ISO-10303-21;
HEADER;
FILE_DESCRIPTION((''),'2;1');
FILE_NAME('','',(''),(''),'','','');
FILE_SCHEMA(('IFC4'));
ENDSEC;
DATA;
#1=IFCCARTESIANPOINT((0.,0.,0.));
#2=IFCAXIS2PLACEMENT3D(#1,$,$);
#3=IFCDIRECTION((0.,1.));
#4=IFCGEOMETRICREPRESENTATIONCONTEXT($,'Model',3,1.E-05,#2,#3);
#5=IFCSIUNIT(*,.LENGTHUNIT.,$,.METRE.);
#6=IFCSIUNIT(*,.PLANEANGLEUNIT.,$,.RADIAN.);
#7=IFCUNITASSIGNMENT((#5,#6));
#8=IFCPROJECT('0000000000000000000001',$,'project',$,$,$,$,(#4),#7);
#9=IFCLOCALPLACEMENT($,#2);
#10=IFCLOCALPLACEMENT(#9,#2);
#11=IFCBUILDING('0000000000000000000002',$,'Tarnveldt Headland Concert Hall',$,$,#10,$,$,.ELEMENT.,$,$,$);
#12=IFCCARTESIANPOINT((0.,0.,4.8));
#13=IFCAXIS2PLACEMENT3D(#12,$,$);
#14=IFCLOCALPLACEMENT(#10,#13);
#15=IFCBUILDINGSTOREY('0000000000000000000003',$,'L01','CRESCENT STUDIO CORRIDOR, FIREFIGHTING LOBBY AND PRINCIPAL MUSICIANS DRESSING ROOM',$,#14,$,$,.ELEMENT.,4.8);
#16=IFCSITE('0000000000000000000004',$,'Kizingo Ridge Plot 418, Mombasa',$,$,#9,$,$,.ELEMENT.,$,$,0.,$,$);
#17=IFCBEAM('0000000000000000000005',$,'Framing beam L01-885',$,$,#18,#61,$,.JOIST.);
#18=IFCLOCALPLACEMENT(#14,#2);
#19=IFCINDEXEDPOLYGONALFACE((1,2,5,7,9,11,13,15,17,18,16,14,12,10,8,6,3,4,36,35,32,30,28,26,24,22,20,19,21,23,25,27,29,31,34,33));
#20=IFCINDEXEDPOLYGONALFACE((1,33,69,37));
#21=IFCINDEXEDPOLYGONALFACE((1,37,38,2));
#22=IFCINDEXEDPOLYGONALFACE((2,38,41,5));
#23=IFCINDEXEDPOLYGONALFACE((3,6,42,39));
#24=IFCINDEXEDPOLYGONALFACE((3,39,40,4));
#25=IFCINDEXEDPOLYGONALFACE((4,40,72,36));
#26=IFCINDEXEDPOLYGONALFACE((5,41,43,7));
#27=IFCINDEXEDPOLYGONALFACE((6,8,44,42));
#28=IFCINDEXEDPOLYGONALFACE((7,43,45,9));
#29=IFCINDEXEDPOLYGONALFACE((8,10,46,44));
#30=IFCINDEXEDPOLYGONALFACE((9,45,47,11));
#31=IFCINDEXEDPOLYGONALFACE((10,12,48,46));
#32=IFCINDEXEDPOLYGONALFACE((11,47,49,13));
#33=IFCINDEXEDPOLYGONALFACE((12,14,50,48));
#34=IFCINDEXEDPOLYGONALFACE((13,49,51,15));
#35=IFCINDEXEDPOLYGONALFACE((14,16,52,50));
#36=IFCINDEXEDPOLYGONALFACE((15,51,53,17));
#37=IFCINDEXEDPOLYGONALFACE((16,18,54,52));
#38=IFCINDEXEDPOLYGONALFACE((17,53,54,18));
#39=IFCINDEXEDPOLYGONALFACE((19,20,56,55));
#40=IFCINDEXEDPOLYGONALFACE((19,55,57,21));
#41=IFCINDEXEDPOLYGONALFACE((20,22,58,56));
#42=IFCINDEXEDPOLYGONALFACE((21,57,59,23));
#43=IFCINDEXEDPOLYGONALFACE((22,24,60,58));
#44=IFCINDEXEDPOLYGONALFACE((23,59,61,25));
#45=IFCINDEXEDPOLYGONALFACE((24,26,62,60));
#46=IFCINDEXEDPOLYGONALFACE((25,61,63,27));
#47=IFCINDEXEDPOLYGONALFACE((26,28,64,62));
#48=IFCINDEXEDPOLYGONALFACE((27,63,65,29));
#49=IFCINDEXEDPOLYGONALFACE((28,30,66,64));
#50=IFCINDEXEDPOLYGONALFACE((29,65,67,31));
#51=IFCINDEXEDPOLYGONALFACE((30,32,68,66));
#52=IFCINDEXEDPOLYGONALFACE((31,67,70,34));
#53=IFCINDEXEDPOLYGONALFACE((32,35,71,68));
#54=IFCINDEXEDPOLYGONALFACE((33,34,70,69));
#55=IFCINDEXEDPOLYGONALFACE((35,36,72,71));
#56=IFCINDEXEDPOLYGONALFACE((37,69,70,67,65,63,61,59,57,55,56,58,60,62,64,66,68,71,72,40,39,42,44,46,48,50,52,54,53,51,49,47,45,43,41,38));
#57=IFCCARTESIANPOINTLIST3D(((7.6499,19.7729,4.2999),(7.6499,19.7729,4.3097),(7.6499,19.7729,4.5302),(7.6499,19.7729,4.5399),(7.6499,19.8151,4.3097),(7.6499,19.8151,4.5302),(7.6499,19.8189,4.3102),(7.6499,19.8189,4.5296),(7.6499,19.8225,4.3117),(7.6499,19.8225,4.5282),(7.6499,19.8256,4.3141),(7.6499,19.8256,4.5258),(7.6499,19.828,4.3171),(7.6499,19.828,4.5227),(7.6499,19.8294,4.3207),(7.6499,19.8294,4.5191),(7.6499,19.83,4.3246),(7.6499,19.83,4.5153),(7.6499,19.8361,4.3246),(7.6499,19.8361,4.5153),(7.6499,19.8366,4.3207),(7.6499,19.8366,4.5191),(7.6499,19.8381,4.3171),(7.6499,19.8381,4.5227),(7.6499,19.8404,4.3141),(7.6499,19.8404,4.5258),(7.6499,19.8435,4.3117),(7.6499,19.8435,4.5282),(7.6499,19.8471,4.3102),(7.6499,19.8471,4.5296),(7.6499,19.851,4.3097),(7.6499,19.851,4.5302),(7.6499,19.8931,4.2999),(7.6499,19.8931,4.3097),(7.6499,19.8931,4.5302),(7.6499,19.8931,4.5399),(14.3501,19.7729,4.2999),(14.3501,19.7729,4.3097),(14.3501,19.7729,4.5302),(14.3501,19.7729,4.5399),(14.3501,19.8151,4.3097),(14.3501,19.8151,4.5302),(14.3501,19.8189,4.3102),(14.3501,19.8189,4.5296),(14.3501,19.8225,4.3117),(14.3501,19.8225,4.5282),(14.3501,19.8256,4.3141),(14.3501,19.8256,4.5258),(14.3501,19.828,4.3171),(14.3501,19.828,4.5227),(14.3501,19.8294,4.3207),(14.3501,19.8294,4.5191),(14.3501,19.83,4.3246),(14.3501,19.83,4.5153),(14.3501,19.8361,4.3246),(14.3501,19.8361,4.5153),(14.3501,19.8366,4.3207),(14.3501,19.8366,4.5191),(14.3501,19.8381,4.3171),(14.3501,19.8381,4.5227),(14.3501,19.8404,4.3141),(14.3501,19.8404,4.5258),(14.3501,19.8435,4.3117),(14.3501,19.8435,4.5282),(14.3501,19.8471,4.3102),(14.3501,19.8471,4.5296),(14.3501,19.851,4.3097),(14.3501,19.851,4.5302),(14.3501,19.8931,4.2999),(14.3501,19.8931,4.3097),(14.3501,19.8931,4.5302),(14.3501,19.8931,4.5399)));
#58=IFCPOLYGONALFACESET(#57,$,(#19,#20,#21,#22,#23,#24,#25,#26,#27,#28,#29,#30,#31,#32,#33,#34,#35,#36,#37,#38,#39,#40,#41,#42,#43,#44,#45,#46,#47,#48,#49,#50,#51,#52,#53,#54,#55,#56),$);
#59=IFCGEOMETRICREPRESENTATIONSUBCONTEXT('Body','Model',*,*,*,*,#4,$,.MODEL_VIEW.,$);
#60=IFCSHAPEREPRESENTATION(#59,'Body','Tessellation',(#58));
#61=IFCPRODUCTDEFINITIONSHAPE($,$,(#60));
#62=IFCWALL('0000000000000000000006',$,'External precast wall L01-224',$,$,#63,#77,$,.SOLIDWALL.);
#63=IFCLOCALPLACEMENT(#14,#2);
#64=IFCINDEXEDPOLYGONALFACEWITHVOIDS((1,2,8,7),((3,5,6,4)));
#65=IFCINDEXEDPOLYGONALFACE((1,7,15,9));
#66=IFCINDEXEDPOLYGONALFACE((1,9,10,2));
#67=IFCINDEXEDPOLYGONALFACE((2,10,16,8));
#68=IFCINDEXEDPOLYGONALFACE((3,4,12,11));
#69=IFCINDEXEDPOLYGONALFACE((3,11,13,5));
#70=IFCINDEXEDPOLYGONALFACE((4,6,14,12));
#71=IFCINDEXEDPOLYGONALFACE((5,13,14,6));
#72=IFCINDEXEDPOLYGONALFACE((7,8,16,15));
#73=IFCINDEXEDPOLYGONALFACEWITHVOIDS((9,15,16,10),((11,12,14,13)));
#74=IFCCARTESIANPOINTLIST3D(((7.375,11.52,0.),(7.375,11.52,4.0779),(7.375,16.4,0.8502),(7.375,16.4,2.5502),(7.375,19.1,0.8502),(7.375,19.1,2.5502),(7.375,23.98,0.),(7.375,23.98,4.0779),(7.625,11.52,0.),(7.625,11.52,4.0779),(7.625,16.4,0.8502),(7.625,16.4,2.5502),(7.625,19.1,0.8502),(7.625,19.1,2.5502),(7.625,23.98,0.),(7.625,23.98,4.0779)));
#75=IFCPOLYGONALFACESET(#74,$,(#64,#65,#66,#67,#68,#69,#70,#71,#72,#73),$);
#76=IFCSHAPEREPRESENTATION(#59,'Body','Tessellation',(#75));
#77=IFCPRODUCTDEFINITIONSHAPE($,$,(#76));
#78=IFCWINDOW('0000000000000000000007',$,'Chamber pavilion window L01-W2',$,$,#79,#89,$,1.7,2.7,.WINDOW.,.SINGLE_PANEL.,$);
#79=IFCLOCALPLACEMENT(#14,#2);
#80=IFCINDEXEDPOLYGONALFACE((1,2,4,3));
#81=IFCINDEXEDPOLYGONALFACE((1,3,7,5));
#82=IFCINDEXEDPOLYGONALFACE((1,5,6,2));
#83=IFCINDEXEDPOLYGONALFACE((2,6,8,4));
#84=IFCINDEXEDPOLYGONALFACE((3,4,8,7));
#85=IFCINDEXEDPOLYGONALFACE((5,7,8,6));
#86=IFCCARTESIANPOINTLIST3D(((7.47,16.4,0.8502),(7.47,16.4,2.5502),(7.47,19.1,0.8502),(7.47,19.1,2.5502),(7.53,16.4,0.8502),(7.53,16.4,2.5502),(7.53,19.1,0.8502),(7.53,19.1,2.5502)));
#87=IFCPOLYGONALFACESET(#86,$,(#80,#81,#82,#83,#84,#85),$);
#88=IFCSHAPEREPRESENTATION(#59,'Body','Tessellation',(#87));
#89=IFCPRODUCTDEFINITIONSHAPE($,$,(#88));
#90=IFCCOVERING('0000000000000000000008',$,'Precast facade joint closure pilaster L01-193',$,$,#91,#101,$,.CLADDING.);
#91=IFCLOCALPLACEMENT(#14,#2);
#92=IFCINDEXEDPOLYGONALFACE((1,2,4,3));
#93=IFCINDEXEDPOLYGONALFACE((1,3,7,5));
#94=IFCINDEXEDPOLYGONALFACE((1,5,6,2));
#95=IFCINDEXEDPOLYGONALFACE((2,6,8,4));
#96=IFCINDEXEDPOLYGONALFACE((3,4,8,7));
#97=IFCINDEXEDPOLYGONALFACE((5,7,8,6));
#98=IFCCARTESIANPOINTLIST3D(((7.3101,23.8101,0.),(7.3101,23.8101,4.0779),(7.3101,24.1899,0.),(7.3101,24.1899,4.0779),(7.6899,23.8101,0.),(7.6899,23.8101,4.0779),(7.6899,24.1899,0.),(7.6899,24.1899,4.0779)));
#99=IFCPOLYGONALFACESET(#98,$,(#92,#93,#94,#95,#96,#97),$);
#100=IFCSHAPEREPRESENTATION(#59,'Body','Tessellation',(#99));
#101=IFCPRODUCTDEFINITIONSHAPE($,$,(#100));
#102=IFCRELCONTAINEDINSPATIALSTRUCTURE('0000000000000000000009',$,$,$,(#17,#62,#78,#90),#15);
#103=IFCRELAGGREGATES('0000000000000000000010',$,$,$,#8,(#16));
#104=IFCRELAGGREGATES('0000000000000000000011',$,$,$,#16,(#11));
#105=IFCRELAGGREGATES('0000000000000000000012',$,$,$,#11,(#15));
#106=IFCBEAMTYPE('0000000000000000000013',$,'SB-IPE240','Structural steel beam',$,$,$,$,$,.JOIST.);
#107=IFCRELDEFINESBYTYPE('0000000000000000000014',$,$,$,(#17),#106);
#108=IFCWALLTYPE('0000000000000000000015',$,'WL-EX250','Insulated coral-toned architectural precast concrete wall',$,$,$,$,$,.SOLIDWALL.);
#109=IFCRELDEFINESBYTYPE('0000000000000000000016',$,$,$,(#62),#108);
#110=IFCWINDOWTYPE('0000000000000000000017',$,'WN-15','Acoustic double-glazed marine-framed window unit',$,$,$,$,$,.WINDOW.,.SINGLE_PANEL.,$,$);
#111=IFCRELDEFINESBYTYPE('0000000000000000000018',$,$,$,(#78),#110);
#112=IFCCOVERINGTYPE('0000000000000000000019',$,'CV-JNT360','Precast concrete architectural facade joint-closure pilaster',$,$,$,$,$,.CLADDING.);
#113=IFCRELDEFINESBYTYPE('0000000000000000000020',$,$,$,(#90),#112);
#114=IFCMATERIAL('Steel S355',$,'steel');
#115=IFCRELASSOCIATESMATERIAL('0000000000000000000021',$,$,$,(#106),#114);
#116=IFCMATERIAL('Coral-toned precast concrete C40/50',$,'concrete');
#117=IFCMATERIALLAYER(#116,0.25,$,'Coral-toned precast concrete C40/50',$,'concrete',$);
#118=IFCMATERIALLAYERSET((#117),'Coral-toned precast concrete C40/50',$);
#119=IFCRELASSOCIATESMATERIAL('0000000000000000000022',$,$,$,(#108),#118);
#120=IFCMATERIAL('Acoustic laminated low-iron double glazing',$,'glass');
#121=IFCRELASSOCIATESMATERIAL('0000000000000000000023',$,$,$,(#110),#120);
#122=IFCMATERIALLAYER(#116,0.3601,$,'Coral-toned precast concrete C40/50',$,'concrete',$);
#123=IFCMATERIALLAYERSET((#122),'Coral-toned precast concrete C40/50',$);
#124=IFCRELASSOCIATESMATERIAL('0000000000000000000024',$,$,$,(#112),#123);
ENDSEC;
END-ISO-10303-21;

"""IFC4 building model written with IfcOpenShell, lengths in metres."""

from ifc_helpers import new_model, si_unit, direction, frame, frame_2d, origin, origin_2d, place, context, subcontext, project, spatial, rectangle, i_section, extrude, material, layer, layer_set, material_profile, profile_set, type_object, element, fill, save


model = new_model("IFC4")

# Units and contexts
model_context = context("Model", 3, precision=1e-05, world=origin(), true_north=direction((0.0, 1.0)))
body_context = subcontext(model_context, "Body", "Model", "MODEL_VIEW")
ifc_project = project(units=[si_unit("LENGTHUNIT", "METRE"), si_unit("PLANEANGLEUNIT", "RADIAN")], contexts=[model_context])

# Site, building, storey
site_placement = place(None, origin())
site = spatial("IfcSite", under=ifc_project, at=site_placement, Name="Kizingo Ridge Plot 418, Mombasa", CompositionType="ELEMENT", RefElevation=0.0)
building_placement = place(site_placement, origin())
building = spatial("IfcBuilding", under=site, at=building_placement, Name="Tarnveldt Headland Concert Hall", CompositionType="ELEMENT")
storey_placement = place(building_placement, frame((0.0, 0.0, 4.8)))
storey = spatial("IfcBuildingStorey", under=building, at=storey_placement, Name="L01", Description="CRESCENT STUDIO CORRIDOR, FIREFIGHTING LOBBY AND PRINCIPAL MUSICIANS DRESSING ROOM", CompositionType="ELEMENT", Elevation=4.8)

# Shared definitions
ifc_material_1 = material(Name="Steel S355", Category="steel")

# Beam
ifc_material_profile_1 = material_profile(ifc_material_1, i_section(OverallWidth=0.1201, OverallDepth=0.24, WebThickness=0.0061, FlangeThickness=0.0098, FilletRadius=0.0149, at=origin_2d()), Name="IPE240", Category="steel")
ifc_profile_set_1 = profile_set([ifc_material_profile_1], Name="Steel S355")
beam_type_1 = type_object("IfcBeamType", Name="SB-IPE240", Description="Structural steel beam", PredefinedType="JOIST", material=ifc_profile_set_1)
for number, where, z_axis, x_axis, name in (
    (1, (7.6499, 19.833, 4.4199), (1.0, 0.0, 0.0), (0.0, 1.0, 0.0), "Framing beam L01-885"),
):
    element("IfcBeam", number, at=place(storey_placement, frame(where, z_axis=z_axis, x_axis=x_axis)), inside=storey, type_object=beam_type_1, Name=name, PredefinedType="JOIST", context=body_context, shape_type="SweptSolid", body=[
        extrude(i_section(OverallWidth=0.1201, OverallDepth=0.24, WebThickness=0.0061, FlangeThickness=0.0098, FilletRadius=0.0149, at=origin_2d()), origin(), (0.0, 0.0, 1.0), 6.7002),
    ])

# Wall, opening, window
ifc_material_2 = material(Name="Coral-toned precast concrete C40/50", Category="concrete")
ifc_layer_1 = layer(ifc_material_2, 0.25, Name="Coral-toned precast concrete C40/50", Category="concrete")
ifc_layer_set_1 = layer_set([ifc_layer_1], Name="Coral-toned precast concrete C40/50")
wall_type = type_object("IfcWallType", Name="WL-EX250", Description="Insulated coral-toned architectural precast concrete wall", PredefinedType="SOLIDWALL", material=ifc_layer_set_1)
wall_placement = place(storey_placement, frame((7.5, 11.52, 0.0), z_axis=(0.0, 0.0, 1.0), x_axis=(0.0, 1.0, 0.0)))
wall = element("IfcWall", 2, at=wall_placement, inside=storey, type_object=wall_type, Name="External precast wall L01-224", PredefinedType="SOLIDWALL", context=body_context, shape_type="SweptSolid", body=[
    extrude(rectangle(XDim=12.46, YDim=0.25, at=frame_2d((6.23, 0.0))), origin(), (0.0, 0.0, 1.0), 4.0779),
])
opening_placement = place(wall_placement, frame((4.8799, 0.0, 0.8501)))
opening = element("IfcOpeningElement", 3, at=opening_placement, cuts=wall, PredefinedType="OPENING", context=body_context, shape_type="SweptSolid", body=[
    extrude(rectangle(XDim=2.7, YDim=1.7, at=frame_2d((1.3501, 0.8501))), frame((0.0, 0.135, 0.0), z_axis=(0.0, -1.0, 0.0), x_axis=(1.0, 0.0, 0.0)), (0.0, 0.0, 1.0), 0.27),
])
ifc_material_3 = material(Name="Acoustic laminated low-iron double glazing", Category="glass")
window_type = type_object("IfcWindowType", Name="WN-15", Description="Acoustic double-glazed marine-framed window unit", PartitioningType="SINGLE_PANEL", PredefinedType="WINDOW", material=ifc_material_3)
window_placement = place(opening_placement, origin())
window = element("IfcWindow", 4, at=window_placement, inside=storey, type_object=window_type, Name="Chamber pavilion window L01-W2", OverallHeight=1.7, OverallWidth=2.7, PartitioningType="SINGLE_PANEL", PredefinedType="WINDOW", context=body_context, shape_type="SweptSolid", body=[
    extrude(rectangle(XDim=2.7, YDim=1.7, at=frame_2d((1.3501, 0.8501))), frame((0.0, 0.03, 0.0), z_axis=(0.0, -1.0, 0.0), x_axis=(1.0, 0.0, 0.0)), (0.0, 0.0, 1.0), 0.0601),
])
fill(opening, window)

# Covering
ifc_layer_2 = layer(ifc_material_2, 0.3601, Name="Coral-toned precast concrete C40/50", Category="concrete")
ifc_layer_set_2 = layer_set([ifc_layer_2], Name="Coral-toned precast concrete C40/50")
covering_type = type_object("IfcCoveringType", Name="CV-JNT360", Description="Precast concrete architectural facade joint-closure pilaster", PredefinedType="CLADDING", material=ifc_layer_set_2)
covering_placement = place(storey_placement, frame((7.5, 24.0, 0.0), z_axis=(0.0, 0.0, 1.0), x_axis=(0.0, 1.0, 0.0)))
element("IfcCovering", 5, at=covering_placement, inside=storey, type_object=covering_type, Name="Precast facade joint closure pilaster L01-193", PredefinedType="CLADDING", context=body_context, shape_type="SweptSolid", body=[
    extrude(rectangle(XDim=0.3799, YDim=0.3799, at=origin_2d()), origin(), (0.0, 0.0, 1.0), 4.0779),
])

save(model, "model.ifc")
